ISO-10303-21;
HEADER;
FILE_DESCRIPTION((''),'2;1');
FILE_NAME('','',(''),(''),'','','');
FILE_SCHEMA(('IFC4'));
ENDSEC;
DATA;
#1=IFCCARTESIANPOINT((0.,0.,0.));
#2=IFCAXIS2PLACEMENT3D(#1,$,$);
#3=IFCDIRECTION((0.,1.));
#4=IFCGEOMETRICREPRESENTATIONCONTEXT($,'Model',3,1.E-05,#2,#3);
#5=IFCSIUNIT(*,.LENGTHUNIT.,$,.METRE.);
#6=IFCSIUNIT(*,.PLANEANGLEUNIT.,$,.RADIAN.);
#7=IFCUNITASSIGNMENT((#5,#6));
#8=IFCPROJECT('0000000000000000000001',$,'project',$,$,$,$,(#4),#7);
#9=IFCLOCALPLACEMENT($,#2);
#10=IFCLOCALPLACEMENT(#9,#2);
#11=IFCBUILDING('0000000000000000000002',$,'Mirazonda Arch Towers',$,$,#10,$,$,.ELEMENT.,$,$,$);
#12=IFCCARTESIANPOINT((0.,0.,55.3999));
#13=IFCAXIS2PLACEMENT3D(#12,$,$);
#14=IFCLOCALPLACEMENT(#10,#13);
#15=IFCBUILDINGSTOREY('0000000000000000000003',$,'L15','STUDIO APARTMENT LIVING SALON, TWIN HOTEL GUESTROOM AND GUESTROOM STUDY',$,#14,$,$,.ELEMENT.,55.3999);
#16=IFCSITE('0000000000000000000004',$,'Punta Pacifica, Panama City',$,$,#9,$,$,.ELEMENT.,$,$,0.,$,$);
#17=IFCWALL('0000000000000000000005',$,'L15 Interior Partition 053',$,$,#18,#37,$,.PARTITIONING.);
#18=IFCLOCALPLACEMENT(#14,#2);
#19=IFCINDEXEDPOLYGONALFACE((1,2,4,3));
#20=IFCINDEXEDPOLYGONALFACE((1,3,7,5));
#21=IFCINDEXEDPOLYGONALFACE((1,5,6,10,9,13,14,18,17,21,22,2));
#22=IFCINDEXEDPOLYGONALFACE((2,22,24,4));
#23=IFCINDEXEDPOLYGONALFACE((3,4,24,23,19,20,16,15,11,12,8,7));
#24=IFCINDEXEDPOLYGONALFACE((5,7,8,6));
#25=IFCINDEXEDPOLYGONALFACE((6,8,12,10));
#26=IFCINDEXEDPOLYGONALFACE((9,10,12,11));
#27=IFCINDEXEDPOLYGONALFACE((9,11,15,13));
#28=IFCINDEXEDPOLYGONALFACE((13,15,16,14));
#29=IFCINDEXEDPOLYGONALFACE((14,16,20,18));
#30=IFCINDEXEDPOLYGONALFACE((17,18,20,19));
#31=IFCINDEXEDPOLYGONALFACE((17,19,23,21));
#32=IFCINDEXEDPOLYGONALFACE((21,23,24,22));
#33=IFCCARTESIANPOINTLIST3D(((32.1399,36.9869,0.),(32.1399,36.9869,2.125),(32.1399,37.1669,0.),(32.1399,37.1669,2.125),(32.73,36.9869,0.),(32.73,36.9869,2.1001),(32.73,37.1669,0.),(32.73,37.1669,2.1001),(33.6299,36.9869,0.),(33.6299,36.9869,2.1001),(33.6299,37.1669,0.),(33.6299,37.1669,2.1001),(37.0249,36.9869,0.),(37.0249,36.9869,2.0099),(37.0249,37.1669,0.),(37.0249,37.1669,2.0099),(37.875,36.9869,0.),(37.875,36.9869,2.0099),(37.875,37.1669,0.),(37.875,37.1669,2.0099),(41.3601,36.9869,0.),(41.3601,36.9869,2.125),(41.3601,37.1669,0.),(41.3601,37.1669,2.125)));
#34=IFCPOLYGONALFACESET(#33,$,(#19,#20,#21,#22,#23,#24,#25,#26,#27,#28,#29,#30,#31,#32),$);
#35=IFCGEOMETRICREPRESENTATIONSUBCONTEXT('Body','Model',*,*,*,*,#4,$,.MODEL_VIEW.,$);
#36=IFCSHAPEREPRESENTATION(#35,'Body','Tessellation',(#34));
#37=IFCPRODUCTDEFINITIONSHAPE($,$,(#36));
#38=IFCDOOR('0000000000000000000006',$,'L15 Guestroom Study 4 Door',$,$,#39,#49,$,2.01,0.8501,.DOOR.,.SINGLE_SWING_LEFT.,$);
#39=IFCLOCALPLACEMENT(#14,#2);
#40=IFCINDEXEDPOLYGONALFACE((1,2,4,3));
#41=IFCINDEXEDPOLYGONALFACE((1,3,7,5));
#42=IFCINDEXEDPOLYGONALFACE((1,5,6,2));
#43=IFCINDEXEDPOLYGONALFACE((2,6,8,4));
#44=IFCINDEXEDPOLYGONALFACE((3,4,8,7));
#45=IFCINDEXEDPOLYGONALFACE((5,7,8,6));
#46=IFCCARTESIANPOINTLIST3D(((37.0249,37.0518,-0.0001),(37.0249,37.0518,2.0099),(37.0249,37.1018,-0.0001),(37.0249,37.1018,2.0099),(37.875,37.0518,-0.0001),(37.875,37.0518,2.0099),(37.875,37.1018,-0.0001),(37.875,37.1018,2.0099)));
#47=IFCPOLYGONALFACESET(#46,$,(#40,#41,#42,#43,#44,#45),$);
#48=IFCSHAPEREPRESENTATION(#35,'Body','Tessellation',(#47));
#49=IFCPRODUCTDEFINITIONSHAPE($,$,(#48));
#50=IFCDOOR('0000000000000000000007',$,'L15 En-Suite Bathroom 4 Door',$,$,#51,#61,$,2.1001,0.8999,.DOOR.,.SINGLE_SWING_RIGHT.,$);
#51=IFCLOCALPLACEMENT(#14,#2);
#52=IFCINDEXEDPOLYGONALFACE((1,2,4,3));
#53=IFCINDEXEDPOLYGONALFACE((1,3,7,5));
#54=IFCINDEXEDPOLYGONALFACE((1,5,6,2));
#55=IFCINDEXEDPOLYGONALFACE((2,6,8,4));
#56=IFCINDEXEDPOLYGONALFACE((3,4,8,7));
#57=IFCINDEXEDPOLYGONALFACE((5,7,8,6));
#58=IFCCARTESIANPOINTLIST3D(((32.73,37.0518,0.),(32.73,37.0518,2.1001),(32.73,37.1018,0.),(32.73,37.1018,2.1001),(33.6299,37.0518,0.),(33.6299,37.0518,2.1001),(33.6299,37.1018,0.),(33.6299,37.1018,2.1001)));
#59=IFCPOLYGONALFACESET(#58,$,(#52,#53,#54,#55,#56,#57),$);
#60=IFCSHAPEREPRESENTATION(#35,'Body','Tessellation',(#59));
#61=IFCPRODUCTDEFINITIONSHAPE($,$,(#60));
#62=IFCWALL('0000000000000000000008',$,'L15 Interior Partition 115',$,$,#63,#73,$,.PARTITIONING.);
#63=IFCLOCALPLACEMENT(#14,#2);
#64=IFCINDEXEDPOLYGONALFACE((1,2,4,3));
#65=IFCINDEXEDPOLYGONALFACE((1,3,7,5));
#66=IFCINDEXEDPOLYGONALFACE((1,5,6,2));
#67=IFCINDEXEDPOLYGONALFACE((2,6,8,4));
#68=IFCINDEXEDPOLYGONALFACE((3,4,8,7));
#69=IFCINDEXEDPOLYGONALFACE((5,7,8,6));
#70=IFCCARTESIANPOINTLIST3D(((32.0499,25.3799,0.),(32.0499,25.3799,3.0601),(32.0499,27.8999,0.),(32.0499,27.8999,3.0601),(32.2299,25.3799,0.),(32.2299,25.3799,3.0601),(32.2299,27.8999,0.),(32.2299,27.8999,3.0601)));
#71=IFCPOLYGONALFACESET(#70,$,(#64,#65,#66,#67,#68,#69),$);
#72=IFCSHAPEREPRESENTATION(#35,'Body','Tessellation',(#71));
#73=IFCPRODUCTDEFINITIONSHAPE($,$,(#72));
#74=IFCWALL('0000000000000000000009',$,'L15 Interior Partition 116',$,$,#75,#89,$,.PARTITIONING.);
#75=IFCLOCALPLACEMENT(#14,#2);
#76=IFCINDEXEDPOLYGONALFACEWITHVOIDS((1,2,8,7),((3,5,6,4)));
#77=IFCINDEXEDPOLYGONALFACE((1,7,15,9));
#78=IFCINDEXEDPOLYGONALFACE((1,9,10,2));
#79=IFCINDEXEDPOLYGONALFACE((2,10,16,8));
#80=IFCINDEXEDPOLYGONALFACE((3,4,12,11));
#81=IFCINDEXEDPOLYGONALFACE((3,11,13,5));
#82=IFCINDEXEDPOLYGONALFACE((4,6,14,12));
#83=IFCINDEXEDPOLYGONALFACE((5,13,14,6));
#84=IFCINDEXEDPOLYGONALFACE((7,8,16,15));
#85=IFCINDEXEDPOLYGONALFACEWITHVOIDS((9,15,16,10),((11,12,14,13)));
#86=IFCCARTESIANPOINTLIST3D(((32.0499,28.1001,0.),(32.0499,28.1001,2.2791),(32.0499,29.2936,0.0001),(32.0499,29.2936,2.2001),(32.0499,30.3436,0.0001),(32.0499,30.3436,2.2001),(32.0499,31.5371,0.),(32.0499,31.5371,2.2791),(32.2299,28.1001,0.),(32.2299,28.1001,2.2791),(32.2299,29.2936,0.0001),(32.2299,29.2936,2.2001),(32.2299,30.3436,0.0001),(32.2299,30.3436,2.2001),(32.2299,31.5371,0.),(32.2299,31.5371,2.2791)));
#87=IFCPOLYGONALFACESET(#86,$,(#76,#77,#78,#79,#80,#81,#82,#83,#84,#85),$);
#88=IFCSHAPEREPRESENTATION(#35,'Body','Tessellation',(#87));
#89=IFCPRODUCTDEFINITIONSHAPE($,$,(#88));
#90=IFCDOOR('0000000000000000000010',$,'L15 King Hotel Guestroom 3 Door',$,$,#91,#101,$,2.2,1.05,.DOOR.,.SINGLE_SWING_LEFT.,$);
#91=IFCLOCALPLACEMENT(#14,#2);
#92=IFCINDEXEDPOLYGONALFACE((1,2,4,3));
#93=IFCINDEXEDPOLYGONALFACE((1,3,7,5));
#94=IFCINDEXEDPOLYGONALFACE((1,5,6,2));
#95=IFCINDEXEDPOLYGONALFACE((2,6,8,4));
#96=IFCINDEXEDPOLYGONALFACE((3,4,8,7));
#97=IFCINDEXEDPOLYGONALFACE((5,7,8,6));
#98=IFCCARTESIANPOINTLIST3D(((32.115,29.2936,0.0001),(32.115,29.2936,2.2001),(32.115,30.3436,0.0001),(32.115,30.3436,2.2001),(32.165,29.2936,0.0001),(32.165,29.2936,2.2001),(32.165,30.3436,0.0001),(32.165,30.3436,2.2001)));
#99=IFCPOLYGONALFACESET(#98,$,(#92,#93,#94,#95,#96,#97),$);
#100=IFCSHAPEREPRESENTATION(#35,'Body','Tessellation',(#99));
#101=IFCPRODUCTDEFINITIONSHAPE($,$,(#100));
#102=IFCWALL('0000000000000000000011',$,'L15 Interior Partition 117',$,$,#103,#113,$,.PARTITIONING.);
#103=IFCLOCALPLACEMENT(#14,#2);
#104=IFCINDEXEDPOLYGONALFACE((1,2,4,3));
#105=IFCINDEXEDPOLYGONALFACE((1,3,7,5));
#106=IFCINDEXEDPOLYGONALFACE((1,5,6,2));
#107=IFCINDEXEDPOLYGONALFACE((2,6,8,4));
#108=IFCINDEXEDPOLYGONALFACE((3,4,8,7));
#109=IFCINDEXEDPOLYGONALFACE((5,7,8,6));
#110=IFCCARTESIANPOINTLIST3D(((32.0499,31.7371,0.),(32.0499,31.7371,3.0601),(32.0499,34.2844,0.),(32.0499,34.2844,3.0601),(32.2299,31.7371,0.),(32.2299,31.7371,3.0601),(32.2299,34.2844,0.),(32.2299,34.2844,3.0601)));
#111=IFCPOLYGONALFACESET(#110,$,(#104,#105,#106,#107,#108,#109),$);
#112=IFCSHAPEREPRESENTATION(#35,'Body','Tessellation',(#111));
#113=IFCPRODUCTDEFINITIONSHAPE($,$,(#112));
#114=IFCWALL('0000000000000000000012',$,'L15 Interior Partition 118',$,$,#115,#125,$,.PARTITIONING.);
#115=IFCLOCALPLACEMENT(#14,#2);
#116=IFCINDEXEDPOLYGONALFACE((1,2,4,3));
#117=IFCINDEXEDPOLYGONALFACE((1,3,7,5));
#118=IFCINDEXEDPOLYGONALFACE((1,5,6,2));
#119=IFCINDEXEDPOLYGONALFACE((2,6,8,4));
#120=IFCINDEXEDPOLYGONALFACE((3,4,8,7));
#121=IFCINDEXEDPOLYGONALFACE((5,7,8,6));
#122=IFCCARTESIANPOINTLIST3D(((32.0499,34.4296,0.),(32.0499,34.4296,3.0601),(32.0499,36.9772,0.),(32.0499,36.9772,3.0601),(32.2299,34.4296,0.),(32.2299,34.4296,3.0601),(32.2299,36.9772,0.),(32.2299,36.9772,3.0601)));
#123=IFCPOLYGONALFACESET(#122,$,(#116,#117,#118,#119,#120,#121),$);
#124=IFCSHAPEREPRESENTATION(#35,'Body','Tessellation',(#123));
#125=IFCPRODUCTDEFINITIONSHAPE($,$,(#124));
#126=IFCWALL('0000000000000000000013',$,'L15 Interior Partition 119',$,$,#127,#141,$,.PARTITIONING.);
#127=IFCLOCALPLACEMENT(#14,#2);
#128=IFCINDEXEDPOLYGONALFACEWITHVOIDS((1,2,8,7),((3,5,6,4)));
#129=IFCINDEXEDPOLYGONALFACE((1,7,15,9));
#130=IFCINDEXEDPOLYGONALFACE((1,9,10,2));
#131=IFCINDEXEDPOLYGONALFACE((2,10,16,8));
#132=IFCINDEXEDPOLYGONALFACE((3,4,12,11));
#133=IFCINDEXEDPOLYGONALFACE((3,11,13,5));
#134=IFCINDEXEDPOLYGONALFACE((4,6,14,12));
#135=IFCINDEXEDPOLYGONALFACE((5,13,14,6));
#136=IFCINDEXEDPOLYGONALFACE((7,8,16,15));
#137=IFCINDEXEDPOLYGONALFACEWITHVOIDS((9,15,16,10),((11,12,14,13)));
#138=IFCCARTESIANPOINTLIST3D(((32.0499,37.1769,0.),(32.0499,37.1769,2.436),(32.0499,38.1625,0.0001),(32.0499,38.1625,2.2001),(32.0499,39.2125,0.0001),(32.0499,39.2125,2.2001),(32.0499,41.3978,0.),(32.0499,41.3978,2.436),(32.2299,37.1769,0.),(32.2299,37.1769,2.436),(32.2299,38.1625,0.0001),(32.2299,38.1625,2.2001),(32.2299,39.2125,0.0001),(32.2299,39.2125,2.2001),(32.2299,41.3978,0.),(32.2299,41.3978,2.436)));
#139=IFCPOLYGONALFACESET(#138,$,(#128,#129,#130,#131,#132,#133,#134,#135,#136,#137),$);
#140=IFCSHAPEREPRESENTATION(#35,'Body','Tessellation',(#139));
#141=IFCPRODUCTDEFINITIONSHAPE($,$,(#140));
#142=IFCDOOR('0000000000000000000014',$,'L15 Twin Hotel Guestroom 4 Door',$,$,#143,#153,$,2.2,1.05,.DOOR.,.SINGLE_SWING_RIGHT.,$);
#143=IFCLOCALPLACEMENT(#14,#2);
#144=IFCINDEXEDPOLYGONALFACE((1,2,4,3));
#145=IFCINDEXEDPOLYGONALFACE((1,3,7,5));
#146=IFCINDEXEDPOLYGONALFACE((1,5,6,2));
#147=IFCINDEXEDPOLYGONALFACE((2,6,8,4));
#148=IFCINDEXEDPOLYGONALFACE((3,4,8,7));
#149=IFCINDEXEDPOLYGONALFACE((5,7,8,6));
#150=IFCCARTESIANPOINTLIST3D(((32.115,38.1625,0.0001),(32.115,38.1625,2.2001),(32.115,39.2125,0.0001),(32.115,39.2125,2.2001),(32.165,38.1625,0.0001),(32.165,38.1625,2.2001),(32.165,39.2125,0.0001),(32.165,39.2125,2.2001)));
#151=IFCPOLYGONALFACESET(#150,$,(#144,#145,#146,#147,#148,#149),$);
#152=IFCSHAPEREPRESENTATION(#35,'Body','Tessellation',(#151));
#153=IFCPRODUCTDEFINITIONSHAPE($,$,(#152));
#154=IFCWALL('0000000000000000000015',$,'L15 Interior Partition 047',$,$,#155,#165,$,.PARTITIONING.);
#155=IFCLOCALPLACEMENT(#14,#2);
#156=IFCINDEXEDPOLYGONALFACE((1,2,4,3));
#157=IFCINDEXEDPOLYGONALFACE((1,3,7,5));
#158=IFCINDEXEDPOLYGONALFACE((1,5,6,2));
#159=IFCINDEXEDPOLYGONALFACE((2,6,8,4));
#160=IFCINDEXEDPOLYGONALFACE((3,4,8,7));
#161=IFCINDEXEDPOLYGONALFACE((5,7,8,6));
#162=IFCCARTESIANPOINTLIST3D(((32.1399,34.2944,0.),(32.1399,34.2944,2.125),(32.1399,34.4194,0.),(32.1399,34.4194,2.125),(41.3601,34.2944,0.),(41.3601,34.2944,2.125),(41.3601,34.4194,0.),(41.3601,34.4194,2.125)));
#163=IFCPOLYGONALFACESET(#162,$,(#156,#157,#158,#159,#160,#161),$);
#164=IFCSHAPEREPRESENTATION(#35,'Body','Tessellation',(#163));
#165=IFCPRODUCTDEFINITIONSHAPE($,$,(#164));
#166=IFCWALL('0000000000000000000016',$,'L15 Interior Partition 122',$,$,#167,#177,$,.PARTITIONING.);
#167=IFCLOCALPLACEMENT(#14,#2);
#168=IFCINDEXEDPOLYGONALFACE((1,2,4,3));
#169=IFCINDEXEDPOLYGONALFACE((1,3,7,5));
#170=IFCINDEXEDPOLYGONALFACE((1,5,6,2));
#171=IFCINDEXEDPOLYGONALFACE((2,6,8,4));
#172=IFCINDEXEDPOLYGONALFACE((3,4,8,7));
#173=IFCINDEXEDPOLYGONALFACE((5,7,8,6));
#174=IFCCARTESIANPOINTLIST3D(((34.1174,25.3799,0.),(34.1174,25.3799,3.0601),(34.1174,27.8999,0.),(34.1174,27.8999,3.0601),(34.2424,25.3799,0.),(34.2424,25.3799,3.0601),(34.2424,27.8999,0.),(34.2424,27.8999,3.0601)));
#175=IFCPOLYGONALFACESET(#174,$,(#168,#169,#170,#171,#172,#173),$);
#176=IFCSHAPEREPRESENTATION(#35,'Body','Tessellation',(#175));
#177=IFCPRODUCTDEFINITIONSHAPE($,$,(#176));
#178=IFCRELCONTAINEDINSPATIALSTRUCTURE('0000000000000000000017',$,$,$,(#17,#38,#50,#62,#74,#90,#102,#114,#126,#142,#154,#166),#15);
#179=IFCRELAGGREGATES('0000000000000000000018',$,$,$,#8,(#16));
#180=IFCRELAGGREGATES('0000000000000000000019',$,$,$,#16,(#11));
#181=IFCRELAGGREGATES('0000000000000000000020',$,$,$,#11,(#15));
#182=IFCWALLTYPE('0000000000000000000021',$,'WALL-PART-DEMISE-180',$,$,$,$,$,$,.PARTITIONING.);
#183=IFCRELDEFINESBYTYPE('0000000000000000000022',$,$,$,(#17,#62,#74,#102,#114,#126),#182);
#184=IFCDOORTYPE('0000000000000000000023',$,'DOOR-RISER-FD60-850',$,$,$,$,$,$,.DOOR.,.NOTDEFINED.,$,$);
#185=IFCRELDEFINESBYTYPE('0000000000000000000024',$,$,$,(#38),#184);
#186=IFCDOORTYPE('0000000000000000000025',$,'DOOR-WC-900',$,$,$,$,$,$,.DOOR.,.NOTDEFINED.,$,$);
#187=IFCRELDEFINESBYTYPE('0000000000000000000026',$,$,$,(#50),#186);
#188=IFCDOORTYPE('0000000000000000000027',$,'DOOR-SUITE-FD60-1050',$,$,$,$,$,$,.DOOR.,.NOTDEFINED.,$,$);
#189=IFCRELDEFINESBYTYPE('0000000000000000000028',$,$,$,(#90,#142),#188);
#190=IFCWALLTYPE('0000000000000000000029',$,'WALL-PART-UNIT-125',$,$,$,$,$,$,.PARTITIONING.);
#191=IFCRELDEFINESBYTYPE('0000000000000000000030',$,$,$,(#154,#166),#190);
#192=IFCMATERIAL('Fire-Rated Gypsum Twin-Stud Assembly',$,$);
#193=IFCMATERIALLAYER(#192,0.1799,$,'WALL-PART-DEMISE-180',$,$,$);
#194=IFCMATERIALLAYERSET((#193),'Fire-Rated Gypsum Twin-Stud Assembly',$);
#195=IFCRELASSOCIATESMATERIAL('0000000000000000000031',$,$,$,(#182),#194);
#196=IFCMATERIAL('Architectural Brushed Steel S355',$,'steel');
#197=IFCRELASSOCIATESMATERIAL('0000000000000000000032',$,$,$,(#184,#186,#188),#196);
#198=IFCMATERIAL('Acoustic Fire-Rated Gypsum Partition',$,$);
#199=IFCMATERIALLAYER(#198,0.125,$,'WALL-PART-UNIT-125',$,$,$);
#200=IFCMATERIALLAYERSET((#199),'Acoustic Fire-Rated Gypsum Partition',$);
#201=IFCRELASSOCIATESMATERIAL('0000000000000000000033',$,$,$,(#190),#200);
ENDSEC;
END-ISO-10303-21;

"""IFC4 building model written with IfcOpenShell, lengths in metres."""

from ifc_helpers import new_model, si_unit, direction, frame, frame_2d, origin, place, context, subcontext, project, spatial, rectangle, extrude, material, layer, layer_set, type_object, element, fill, save


model = new_model("IFC4")

# Units and contexts
model_context = context("Model", 3, precision=1e-05, world=origin(), true_north=direction((0.0, 1.0)))
body_context = subcontext(model_context, "Body", "Model", "MODEL_VIEW")
ifc_project = project(units=[si_unit("LENGTHUNIT", "METRE"), si_unit("PLANEANGLEUNIT", "RADIAN")], contexts=[model_context])

# Site, building, storey
site_placement = place(None, origin())
site = spatial("IfcSite", under=ifc_project, at=site_placement, Name="Punta Pacifica, Panama City", CompositionType="ELEMENT", RefElevation=0.0)
building_placement = place(site_placement, origin())
building = spatial("IfcBuilding", under=site, at=building_placement, Name="Mirazonda Arch Towers", CompositionType="ELEMENT")
storey_placement = place(building_placement, frame((0.0, 0.0, 55.3999)))
storey = spatial("IfcBuildingStorey", under=building, at=storey_placement, Name="L15", Description="STUDIO APARTMENT LIVING SALON, TWIN HOTEL GUESTROOM AND GUESTROOM STUDY", CompositionType="ELEMENT", Elevation=55.3999)

# Shared definitions
ifc_material_1 = material(Name="Fire-Rated Gypsum Twin-Stud Assembly")
ifc_layer_1 = layer(ifc_material_1, 0.1799, Name="WALL-PART-DEMISE-180")
ifc_layer_set_1 = layer_set([ifc_layer_1], Name="Fire-Rated Gypsum Twin-Stud Assembly")
wall_type_1 = type_object("IfcWallType", Name="WALL-PART-DEMISE-180", PredefinedType="PARTITIONING", material=ifc_layer_set_1)
ifc_material_2 = material(Name="Architectural Brushed Steel S355", Category="steel")
door_type_1 = type_object("IfcDoorType", Name="DOOR-RISER-FD60-850", OperationType="NOTDEFINED", PredefinedType="DOOR", material=ifc_material_2)
door_type_2 = type_object("IfcDoorType", Name="DOOR-WC-900", OperationType="NOTDEFINED", PredefinedType="DOOR", material=ifc_material_2)

# Wall, openings, doors
wall_1_placement = place(storey_placement, frame((32.1399, 37.0769, 0.0), z_axis=(0.0, 0.0, 1.0), x_axis=(1.0, 0.0, 0.0)))
wall_1 = element("IfcWall", 1, at=wall_1_placement, inside=storey, type_object=wall_type_1, Name="L15 Interior Partition 053", PredefinedType="PARTITIONING", context=body_context, shape_type="SweptSolid", body=[
    extrude(rectangle(XDim=9.2202, YDim=0.1799, at=frame_2d((4.6101, 0.0))), origin(), (0.0, 0.0, 1.0), 2.125),
])
opening_1_placement = place(wall_1_placement, frame((4.885, 0.0, 0.0)))
opening_1 = element("IfcOpeningElement", 2, at=opening_1_placement, cuts=wall_1, PredefinedType="OPENING", context=body_context, shape_type="SweptSolid", body=[
    extrude(rectangle(XDim=0.8501, YDim=2.01, at=frame_2d((0.425, 1.0049))), frame((0.0, 0.0999, 0.0), z_axis=(0.0, -1.0, 0.0), x_axis=(1.0, 0.0, 0.0)), (0.0, 0.0, 1.0), 0.2),
])
opening_2_placement = place(wall_1_placement, frame((0.5901, 0.0, 0.0)))
opening_2 = element("IfcOpeningElement", 3, at=opening_2_placement, cuts=wall_1, PredefinedType="OPENING", context=body_context, shape_type="SweptSolid", body=[
    extrude(rectangle(XDim=0.8999, YDim=2.1001, at=frame_2d((0.45, 1.05))), frame((0.0, 0.0999, 0.0), z_axis=(0.0, -1.0, 0.0), x_axis=(1.0, 0.0, 0.0)), (0.0, 0.0, 1.0), 0.2),
])
door_1_placement = place(opening_1_placement, origin())
door_1 = element("IfcDoor", 4, at=door_1_placement, inside=storey, type_object=door_type_1, Name="L15 Guestroom Study 4 Door", OperationType="SINGLE_SWING_LEFT", OverallHeight=2.01, OverallWidth=0.8501, PredefinedType="DOOR", context=body_context, shape_type="SweptSolid", body=[
    extrude(rectangle(XDim=0.8501, YDim=2.01, at=frame_2d((0.425, 1.0049))), frame((0.0, 0.0249, 0.0), z_axis=(0.0, -1.0, 0.0), x_axis=(1.0, 0.0, 0.0)), (0.0, 0.0, 1.0), 0.05),
])
fill(opening_1, door_1)
door_2_placement = place(opening_2_placement, origin())
door_2 = element("IfcDoor", 5, at=door_2_placement, inside=storey, type_object=door_type_2, Name="L15 En-Suite Bathroom 4 Door", OperationType="SINGLE_SWING_RIGHT", OverallHeight=2.1001, OverallWidth=0.8999, PredefinedType="DOOR", context=body_context, shape_type="SweptSolid", body=[
    extrude(rectangle(XDim=0.8999, YDim=2.1001, at=frame_2d((0.45, 1.05))), frame((0.0, 0.0249, 0.0), z_axis=(0.0, -1.0, 0.0), x_axis=(1.0, 0.0, 0.0)), (0.0, 0.0, 1.0), 0.05),
])
fill(opening_2, door_2)

# Wall
wall_2_placement = place(storey_placement, frame((32.1399, 25.3799, 0.0), z_axis=(0.0, 0.0, 1.0), x_axis=(0.0, 1.0, 0.0)))
element("IfcWall", 6, at=wall_2_placement, inside=storey, type_object=wall_type_1, Name="L15 Interior Partition 115", PredefinedType="PARTITIONING", context=body_context, shape_type="SweptSolid", body=[
    extrude(rectangle(XDim=2.52, YDim=0.1799, at=frame_2d((1.26, 0.0))), origin(), (0.0, 0.0, 1.0), 3.0601),
])

# Wall, opening, door
wall_3_placement = place(storey_placement, frame((32.1399, 28.1001, 0.0), z_axis=(0.0, 0.0, 1.0), x_axis=(0.0, 1.0, 0.0)))
wall_3 = element("IfcWall", 7, at=wall_3_placement, inside=storey, type_object=wall_type_1, Name="L15 Interior Partition 116", PredefinedType="PARTITIONING", context=body_context, shape_type="SweptSolid", body=[
    extrude(rectangle(XDim=3.437, YDim=0.1799, at=frame_2d((1.7185, 0.0))), origin(), (0.0, 0.0, 1.0), 2.2791),
])
opening_3_placement = place(wall_3_placement, frame((1.1936, 0.0, 0.0)))
opening_3 = element("IfcOpeningElement", 8, at=opening_3_placement, cuts=wall_3, PredefinedType="OPENING", context=body_context, shape_type="SweptSolid", body=[
    extrude(rectangle(XDim=1.05, YDim=2.2, at=frame_2d((0.5249, 1.1001))), frame((0.0, 0.0999, 0.0), z_axis=(0.0, -1.0, 0.0), x_axis=(1.0, 0.0, 0.0)), (0.0, 0.0, 1.0), 0.2),
])
door_type_3 = type_object("IfcDoorType", Name="DOOR-SUITE-FD60-1050", OperationType="NOTDEFINED", PredefinedType="DOOR", material=ifc_material_2)
door_3_placement = place(opening_3_placement, origin())
door_3 = element("IfcDoor", 9, at=door_3_placement, inside=storey, type_object=door_type_3, Name="L15 King Hotel Guestroom 3 Door", OperationType="SINGLE_SWING_LEFT", OverallHeight=2.2, OverallWidth=1.05, PredefinedType="DOOR", context=body_context, shape_type="SweptSolid", body=[
    extrude(rectangle(XDim=1.05, YDim=2.2, at=frame_2d((0.5249, 1.1001))), frame((0.0, 0.0249, 0.0), z_axis=(0.0, -1.0, 0.0), x_axis=(1.0, 0.0, 0.0)), (0.0, 0.0, 1.0), 0.05),
])
fill(opening_3, door_3)

# Walls
wall_4_placement = place(storey_placement, frame((32.1399, 31.7371, 0.0), z_axis=(0.0, 0.0, 1.0), x_axis=(0.0, 1.0, 0.0)))
element("IfcWall", 10, at=wall_4_placement, inside=storey, type_object=wall_type_1, Name="L15 Interior Partition 117", PredefinedType="PARTITIONING", context=body_context, shape_type="SweptSolid", body=[
    extrude(rectangle(XDim=2.5474, YDim=0.1799, at=frame_2d((1.2737, 0.0))), origin(), (0.0, 0.0, 1.0), 3.0601),
])
wall_5_placement = place(storey_placement, frame((32.1399, 34.4294, 0.0), z_axis=(0.0, 0.0, 1.0), x_axis=(0.0, 1.0, 0.0)))
element("IfcWall", 11, at=wall_5_placement, inside=storey, type_object=wall_type_1, Name="L15 Interior Partition 118", PredefinedType="PARTITIONING", context=body_context, shape_type="SweptSolid", body=[
    extrude(rectangle(XDim=2.5476, YDim=0.1799, at=frame_2d((1.2739, 0.0))), origin(), (0.0, 0.0, 1.0), 3.0601),
])

# Wall, opening, door
wall_6_placement = place(storey_placement, frame((32.1399, 37.177, 0.0), z_axis=(0.0, 0.0, 1.0), x_axis=(0.0, 1.0, 0.0)))
wall_6 = element("IfcWall", 12, at=wall_6_placement, inside=storey, type_object=wall_type_1, Name="L15 Interior Partition 119", PredefinedType="PARTITIONING", context=body_context, shape_type="SweptSolid", body=[
    extrude(rectangle(XDim=4.2209, YDim=0.1799, at=frame_2d((2.1104, 0.0))), origin(), (0.0, 0.0, 1.0), 2.436),
])
opening_4_placement = place(wall_6_placement, frame((0.9856, 0.0, 0.0)))
opening_4 = element("IfcOpeningElement", 13, at=opening_4_placement, cuts=wall_6, PredefinedType="OPENING", context=body_context, shape_type="SweptSolid", body=[
    extrude(rectangle(XDim=1.05, YDim=2.2, at=frame_2d((0.5249, 1.1001))), frame((0.0, 0.0999, 0.0), z_axis=(0.0, -1.0, 0.0), x_axis=(1.0, 0.0, 0.0)), (0.0, 0.0, 1.0), 0.2),
])
door_4_placement = place(opening_4_placement, origin())
door_4 = element("IfcDoor", 14, at=door_4_placement, inside=storey, type_object=door_type_3, Name="L15 Twin Hotel Guestroom 4 Door", OperationType="SINGLE_SWING_RIGHT", OverallHeight=2.2, OverallWidth=1.05, PredefinedType="DOOR", context=body_context, shape_type="SweptSolid", body=[
    extrude(rectangle(XDim=1.05, YDim=2.2, at=frame_2d((0.5249, 1.1001))), frame((0.0, 0.0249, 0.0), z_axis=(0.0, -1.0, 0.0), x_axis=(1.0, 0.0, 0.0)), (0.0, 0.0, 1.0), 0.05),
])
fill(opening_4, door_4)

# Walls
ifc_material_3 = material(Name="Acoustic Fire-Rated Gypsum Partition")
ifc_layer_2 = layer(ifc_material_3, 0.125, Name="WALL-PART-UNIT-125")
ifc_layer_set_2 = layer_set([ifc_layer_2], Name="Acoustic Fire-Rated Gypsum Partition")
wall_type_2 = type_object("IfcWallType", Name="WALL-PART-UNIT-125", PredefinedType="PARTITIONING", material=ifc_layer_set_2)
wall_7_placement = place(storey_placement, frame((32.1399, 34.3569, 0.0), z_axis=(0.0, 0.0, 1.0), x_axis=(1.0, 0.0, 0.0)))
element("IfcWall", 15, at=wall_7_placement, inside=storey, type_object=wall_type_2, Name="L15 Interior Partition 047", PredefinedType="PARTITIONING", context=body_context, shape_type="SweptSolid", body=[
    extrude(rectangle(XDim=9.2202, YDim=0.125, at=frame_2d((4.6101, 0.0))), origin(), (0.0, 0.0, 1.0), 2.125),
])
wall_8_placement = place(storey_placement, frame((34.1799, 25.3799, 0.0), z_axis=(0.0, 0.0, 1.0), x_axis=(0.0, 1.0, 0.0)))
element("IfcWall", 16, at=wall_8_placement, inside=storey, type_object=wall_type_2, Name="L15 Interior Partition 122", PredefinedType="PARTITIONING", context=body_context, shape_type="SweptSolid", body=[
    extrude(rectangle(XDim=2.52, YDim=0.125, at=frame_2d((1.26, 0.0))), origin(), (0.0, 0.0, 1.0), 3.0601),
])

save(model, "model.ifc")
